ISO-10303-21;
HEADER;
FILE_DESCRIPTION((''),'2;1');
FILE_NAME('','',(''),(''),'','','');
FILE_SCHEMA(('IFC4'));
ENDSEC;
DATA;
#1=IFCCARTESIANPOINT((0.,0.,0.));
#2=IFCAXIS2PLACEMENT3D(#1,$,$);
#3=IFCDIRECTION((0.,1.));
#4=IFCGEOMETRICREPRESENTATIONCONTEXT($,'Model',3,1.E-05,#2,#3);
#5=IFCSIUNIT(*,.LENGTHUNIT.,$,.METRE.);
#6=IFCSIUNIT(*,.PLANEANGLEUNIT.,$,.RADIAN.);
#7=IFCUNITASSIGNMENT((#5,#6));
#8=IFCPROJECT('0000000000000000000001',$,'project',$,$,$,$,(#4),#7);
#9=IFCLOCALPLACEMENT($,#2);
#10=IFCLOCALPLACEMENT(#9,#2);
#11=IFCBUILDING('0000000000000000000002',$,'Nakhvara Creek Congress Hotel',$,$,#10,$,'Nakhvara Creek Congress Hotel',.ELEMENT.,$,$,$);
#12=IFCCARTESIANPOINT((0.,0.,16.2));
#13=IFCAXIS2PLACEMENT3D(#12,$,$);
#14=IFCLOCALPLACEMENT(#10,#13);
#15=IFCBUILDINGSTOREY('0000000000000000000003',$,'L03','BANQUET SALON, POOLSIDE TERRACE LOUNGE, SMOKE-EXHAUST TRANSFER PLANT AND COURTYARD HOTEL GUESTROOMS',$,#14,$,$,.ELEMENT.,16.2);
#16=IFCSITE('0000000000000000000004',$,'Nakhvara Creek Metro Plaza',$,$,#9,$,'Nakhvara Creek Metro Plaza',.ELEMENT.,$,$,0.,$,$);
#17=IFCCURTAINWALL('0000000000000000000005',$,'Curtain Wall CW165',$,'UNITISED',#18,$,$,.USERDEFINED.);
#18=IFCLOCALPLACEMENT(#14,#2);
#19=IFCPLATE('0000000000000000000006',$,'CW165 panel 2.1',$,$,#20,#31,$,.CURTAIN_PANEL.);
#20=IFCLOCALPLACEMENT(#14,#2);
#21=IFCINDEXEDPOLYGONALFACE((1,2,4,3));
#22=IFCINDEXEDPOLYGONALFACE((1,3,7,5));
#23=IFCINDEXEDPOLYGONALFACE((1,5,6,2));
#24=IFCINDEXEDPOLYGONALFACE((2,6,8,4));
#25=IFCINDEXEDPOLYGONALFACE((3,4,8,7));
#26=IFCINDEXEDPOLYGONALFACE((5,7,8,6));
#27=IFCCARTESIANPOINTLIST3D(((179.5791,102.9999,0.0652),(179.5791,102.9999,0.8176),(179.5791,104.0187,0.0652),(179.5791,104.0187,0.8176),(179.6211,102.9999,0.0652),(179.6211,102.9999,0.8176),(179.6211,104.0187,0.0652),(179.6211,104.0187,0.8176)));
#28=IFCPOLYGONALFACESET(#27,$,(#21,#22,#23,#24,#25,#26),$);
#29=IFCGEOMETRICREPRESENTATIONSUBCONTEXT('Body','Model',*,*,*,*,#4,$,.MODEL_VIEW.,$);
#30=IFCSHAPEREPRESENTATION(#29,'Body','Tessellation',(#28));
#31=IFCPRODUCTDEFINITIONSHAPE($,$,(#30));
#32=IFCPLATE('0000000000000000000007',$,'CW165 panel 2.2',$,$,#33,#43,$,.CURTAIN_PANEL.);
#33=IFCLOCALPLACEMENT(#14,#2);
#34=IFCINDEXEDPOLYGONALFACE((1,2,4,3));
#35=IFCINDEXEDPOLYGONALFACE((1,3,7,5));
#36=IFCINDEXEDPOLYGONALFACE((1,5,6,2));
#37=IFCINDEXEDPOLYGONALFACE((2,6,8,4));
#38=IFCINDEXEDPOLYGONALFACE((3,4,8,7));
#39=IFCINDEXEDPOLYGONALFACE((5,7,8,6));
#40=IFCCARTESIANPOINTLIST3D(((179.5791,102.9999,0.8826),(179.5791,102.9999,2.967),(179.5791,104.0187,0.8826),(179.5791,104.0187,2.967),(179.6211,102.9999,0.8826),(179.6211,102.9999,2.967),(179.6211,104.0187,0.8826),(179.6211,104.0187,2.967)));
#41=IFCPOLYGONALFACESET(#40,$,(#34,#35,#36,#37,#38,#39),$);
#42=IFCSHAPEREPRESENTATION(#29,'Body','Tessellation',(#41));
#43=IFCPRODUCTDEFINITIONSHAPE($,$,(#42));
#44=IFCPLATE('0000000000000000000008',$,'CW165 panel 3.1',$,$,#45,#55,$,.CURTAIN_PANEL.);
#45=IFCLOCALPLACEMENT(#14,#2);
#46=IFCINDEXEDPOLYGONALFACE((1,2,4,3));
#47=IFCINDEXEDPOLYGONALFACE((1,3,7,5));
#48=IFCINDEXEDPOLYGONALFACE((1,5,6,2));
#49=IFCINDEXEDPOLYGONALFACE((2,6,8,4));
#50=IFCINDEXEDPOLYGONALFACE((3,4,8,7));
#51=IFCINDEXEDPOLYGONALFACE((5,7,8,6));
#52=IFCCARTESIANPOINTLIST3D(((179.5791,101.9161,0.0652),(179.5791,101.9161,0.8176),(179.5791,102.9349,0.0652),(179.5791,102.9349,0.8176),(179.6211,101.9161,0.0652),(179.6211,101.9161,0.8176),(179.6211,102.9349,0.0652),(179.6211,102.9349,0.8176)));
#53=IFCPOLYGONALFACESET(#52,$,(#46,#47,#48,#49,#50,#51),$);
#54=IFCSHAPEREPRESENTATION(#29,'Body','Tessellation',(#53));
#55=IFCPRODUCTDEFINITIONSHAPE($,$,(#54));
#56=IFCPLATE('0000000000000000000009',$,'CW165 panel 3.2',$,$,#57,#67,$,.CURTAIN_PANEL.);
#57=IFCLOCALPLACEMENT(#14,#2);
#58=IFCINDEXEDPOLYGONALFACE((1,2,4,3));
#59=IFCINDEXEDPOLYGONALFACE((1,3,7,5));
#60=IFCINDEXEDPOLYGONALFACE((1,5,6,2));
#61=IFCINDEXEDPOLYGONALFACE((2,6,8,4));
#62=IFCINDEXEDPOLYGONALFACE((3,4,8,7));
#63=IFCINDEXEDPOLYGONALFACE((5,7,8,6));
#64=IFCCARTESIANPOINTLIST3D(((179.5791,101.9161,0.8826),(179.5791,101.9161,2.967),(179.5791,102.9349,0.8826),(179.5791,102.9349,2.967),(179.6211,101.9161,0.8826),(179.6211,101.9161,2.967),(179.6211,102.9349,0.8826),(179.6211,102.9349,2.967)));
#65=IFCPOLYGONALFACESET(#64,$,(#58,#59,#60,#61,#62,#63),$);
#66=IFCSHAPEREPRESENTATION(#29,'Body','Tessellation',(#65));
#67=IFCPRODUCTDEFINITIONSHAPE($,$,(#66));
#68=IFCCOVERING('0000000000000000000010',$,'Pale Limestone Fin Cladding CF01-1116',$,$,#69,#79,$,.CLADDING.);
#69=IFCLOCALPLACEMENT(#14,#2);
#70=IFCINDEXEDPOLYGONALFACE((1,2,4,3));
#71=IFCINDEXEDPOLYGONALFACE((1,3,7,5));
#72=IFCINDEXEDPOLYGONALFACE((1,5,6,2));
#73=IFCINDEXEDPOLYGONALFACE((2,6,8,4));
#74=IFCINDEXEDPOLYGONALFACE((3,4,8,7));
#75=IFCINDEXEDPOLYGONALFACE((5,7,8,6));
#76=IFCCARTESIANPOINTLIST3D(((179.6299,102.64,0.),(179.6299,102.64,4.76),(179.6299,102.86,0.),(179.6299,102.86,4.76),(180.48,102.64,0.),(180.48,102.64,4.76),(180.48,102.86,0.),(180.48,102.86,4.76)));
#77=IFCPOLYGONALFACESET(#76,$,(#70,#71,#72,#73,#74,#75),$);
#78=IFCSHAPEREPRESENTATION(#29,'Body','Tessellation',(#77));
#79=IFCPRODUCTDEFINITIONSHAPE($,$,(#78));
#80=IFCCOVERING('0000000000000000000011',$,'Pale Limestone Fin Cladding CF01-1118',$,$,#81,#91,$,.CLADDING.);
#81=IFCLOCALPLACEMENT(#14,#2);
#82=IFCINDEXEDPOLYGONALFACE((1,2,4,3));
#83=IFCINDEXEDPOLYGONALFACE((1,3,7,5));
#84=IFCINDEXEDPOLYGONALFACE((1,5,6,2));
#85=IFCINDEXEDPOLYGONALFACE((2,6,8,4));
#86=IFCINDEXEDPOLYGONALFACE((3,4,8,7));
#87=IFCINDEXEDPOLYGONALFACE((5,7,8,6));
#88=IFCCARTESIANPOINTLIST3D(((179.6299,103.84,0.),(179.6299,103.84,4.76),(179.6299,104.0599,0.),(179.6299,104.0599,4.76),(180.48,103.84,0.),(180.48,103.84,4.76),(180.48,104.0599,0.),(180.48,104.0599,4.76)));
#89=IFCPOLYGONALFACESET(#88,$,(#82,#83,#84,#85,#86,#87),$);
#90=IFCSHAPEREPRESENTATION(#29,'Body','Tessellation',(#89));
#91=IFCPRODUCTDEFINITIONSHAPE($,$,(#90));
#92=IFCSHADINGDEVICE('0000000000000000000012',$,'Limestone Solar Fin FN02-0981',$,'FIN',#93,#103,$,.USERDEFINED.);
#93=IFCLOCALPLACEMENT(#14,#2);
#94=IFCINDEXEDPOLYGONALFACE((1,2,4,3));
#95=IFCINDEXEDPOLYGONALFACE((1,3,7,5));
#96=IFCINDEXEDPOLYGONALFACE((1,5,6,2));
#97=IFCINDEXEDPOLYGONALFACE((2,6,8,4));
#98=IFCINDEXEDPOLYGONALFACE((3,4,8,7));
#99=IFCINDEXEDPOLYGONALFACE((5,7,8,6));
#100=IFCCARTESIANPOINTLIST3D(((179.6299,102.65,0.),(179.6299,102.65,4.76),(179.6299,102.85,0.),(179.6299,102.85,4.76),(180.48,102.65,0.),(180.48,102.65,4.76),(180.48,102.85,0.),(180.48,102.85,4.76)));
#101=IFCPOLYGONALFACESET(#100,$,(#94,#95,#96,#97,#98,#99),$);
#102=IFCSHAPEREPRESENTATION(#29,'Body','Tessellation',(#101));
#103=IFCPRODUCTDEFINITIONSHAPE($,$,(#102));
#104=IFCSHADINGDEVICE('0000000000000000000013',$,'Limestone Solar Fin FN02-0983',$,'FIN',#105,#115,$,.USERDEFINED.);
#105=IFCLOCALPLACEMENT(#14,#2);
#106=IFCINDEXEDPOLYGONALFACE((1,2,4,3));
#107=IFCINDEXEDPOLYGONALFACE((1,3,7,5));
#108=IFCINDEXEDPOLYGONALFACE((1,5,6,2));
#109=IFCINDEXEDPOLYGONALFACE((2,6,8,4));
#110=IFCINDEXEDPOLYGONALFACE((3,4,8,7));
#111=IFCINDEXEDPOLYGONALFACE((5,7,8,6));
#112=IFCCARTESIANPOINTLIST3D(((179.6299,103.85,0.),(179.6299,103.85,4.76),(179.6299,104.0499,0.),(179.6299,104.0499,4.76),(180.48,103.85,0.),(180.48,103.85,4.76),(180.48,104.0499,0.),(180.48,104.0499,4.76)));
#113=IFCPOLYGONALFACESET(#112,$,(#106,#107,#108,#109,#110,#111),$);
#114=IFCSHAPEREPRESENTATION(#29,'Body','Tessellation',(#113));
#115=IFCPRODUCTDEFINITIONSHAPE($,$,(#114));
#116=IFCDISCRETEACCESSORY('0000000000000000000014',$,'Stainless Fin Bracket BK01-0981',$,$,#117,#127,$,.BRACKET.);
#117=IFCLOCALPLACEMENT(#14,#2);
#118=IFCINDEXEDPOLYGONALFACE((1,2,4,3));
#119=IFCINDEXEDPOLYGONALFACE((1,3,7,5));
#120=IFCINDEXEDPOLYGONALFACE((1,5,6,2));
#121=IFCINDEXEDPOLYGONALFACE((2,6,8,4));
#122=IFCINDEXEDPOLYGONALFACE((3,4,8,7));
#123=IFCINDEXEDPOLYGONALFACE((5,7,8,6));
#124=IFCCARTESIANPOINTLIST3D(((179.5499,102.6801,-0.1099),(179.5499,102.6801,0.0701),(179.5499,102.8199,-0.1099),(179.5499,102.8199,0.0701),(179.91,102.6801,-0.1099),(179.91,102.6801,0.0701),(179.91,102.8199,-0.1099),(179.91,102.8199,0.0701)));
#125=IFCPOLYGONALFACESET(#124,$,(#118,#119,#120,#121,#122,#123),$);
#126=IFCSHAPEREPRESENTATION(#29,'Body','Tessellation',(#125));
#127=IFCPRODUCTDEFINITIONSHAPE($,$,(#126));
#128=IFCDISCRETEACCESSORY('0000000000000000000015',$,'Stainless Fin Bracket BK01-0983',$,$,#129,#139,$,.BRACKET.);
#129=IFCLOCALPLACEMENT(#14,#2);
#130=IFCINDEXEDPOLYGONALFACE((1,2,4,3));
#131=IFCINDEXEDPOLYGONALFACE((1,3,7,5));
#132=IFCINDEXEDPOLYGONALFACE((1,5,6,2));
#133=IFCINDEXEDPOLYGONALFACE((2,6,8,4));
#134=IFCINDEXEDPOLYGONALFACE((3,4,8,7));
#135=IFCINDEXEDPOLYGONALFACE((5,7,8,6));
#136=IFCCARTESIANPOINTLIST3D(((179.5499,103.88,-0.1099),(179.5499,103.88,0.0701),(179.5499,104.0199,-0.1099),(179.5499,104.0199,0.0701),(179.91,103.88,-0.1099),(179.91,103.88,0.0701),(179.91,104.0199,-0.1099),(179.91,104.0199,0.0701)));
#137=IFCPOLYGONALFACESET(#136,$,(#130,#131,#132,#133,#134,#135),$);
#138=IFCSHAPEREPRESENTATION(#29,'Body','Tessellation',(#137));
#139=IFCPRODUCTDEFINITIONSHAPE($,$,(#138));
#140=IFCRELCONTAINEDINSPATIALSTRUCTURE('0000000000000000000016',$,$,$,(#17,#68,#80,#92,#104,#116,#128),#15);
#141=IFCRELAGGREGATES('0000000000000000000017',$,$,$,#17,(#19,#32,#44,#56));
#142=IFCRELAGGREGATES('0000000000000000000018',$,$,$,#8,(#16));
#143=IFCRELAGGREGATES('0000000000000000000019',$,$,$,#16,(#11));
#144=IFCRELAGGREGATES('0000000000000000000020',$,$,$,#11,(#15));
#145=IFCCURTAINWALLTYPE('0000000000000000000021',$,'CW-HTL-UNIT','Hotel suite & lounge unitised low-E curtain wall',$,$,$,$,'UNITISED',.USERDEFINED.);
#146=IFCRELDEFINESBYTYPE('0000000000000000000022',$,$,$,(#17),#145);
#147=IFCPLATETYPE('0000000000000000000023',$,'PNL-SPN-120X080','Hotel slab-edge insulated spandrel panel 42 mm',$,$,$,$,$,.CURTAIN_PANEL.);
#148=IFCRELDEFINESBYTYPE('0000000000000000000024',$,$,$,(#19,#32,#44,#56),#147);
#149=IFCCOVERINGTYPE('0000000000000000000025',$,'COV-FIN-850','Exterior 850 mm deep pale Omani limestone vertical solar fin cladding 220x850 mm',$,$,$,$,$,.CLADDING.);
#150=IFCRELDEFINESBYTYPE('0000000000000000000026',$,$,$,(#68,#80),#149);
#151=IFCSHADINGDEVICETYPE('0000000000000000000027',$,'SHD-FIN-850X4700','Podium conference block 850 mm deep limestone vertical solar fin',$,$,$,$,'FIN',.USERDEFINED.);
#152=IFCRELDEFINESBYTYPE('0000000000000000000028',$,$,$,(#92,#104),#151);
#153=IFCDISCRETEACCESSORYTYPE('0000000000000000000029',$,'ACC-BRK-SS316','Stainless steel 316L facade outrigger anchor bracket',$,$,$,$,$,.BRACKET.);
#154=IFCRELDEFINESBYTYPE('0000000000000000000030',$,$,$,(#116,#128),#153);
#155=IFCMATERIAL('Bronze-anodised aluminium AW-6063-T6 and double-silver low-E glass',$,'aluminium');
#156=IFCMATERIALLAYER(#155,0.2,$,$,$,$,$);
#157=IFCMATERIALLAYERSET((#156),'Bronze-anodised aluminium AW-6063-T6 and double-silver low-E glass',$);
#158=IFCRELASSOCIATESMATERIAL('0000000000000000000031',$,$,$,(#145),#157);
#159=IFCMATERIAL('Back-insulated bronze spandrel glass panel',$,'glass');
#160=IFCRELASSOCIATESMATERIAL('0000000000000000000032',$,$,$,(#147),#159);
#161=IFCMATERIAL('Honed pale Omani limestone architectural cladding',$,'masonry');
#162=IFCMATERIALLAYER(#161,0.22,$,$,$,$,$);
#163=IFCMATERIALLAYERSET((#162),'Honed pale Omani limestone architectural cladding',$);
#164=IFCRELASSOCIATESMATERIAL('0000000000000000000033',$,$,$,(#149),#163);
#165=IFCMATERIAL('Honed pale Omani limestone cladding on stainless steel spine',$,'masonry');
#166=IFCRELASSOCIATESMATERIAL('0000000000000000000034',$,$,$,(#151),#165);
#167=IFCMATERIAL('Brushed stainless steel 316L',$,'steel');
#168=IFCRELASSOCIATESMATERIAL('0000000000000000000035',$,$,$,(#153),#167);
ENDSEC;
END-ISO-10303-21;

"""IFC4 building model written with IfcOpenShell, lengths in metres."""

from ifc_helpers import new_model, si_unit, direction, frame, origin, origin_2d, place, context, subcontext, project, spatial, rectangle, extrude, material, layer, layer_set, type_object, element, aggregate, save


model = new_model("IFC4")

# Units and contexts
model_context = context("Model", 3, precision=1e-05, world=origin(), true_north=direction((0.0, 1.0)))
body_context = subcontext(model_context, "Body", "Model", "MODEL_VIEW")
ifc_project = project(units=[si_unit("LENGTHUNIT", "METRE"), si_unit("PLANEANGLEUNIT", "RADIAN")], contexts=[model_context])

# Site, building, storey
site_placement = place(None, origin())
site = spatial("IfcSite", under=ifc_project, at=site_placement, Name="Nakhvara Creek Metro Plaza", LongName="Nakhvara Creek Metro Plaza", CompositionType="ELEMENT", RefElevation=0.0)
building_placement = place(site_placement, origin())
building = spatial("IfcBuilding", under=site, at=building_placement, Name="Nakhvara Creek Congress Hotel", LongName="Nakhvara Creek Congress Hotel", CompositionType="ELEMENT")
storey_placement = place(building_placement, frame((0.0, 0.0, 16.2)))
storey = spatial("IfcBuildingStorey", under=building, at=storey_placement, Name="L03", Description="BANQUET SALON, POOLSIDE TERRACE LOUNGE, SMOKE-EXHAUST TRANSFER PLANT AND COURTYARD HOTEL GUESTROOMS", CompositionType="ELEMENT", Elevation=16.2)

# Curtain wall, plates
ifc_material_1 = material(Name="Bronze-anodised aluminium AW-6063-T6 and double-silver low-E glass", Category="aluminium")
ifc_layer_1 = layer(ifc_material_1, 0.2)
ifc_layer_set_1 = layer_set([ifc_layer_1], Name="Bronze-anodised aluminium AW-6063-T6 and double-silver low-E glass")
curtain_wall_type = type_object("IfcCurtainWallType", Name="CW-HTL-UNIT", Description="Hotel suite & lounge unitised low-E curtain wall", ElementType="UNITISED", PredefinedType="USERDEFINED", material=ifc_layer_set_1)
curtain_wall_placement = place(storey_placement, origin())
curtain_wall = element("IfcCurtainWall", 1, at=curtain_wall_placement, inside=storey, type_object=curtain_wall_type, Name="Curtain Wall CW165", ObjectType="UNITISED", PredefinedType="USERDEFINED")
ifc_material_2 = material(Name="Back-insulated bronze spandrel glass panel", Category="glass")
plate_type = type_object("IfcPlateType", Name="PNL-SPN-120X080", Description="Hotel slab-edge insulated spandrel panel 42 mm", PredefinedType="CURTAIN_PANEL", material=ifc_material_2)
plate_1_placement = place(storey_placement, frame((179.6001, 103.5093, 0.0652), z_axis=(0.0, 0.0, 1.0), x_axis=(0.0, -1.0, 0.0)))
plate_1 = element("IfcPlate", 2, at=plate_1_placement, type_object=plate_type, Name="CW165 panel 2.1", PredefinedType="CURTAIN_PANEL", context=body_context, shape_type="SweptSolid", body=[
    extrude(rectangle(XDim=1.0188, YDim=0.042, at=origin_2d()), origin(), (0.0, 0.0, 1.0), 0.7524),
])
plate_2_placement = place(storey_placement, frame((179.6001, 103.5093, 0.8826), z_axis=(0.0, 0.0, 1.0), x_axis=(0.0, -1.0, 0.0)))
plate_2 = element("IfcPlate", 3, at=plate_2_placement, type_object=plate_type, Name="CW165 panel 2.2", PredefinedType="CURTAIN_PANEL", context=body_context, shape_type="SweptSolid", body=[
    extrude(rectangle(XDim=1.0188, YDim=0.042, at=origin_2d()), origin(), (0.0, 0.0, 1.0), 2.0845),
])
plate_3_placement = place(storey_placement, frame((179.6001, 102.4255, 0.0652), z_axis=(0.0, 0.0, 1.0), x_axis=(0.0, -1.0, 0.0)))
plate_3 = element("IfcPlate", 4, at=plate_3_placement, type_object=plate_type, Name="CW165 panel 3.1", PredefinedType="CURTAIN_PANEL", context=body_context, shape_type="SweptSolid", body=[
    extrude(rectangle(XDim=1.0188, YDim=0.042, at=origin_2d()), origin(), (0.0, 0.0, 1.0), 0.7524),
])
plate_4_placement = place(storey_placement, frame((179.6001, 102.4255, 0.8826), z_axis=(0.0, 0.0, 1.0), x_axis=(0.0, -1.0, 0.0)))
plate_4 = element("IfcPlate", 5, at=plate_4_placement, type_object=plate_type, Name="CW165 panel 3.2", PredefinedType="CURTAIN_PANEL", context=body_context, shape_type="SweptSolid", body=[
    extrude(rectangle(XDim=1.0188, YDim=0.042, at=origin_2d()), origin(), (0.0, 0.0, 1.0), 2.0845),
])
aggregate(curtain_wall, [plate_1, plate_2, plate_3, plate_4])

# Coverings
ifc_material_3 = material(Name="Honed pale Omani limestone architectural cladding", Category="masonry")
ifc_layer_2 = layer(ifc_material_3, 0.22)
ifc_layer_set_2 = layer_set([ifc_layer_2], Name="Honed pale Omani limestone architectural cladding")
covering_type = type_object("IfcCoveringType", Name="COV-FIN-850", Description="Exterior 850 mm deep pale Omani limestone vertical solar fin cladding 220x850 mm", PredefinedType="CLADDING", material=ifc_layer_set_2)
for number, where, z_axis, x_axis, name in (
    (6, (180.0549, 102.75, 0.0), (0.0, 0.0, 1.0), (0.0, 1.0, 0.0), "Pale Limestone Fin Cladding CF01-1116"),
    (7, (180.0549, 103.95, 0.0), (0.0, 0.0, 1.0), (0.0, 1.0, 0.0), "Pale Limestone Fin Cladding CF01-1118"),
):
    element("IfcCovering", number, at=place(storey_placement, frame(where, z_axis=z_axis, x_axis=x_axis)), inside=storey, type_object=covering_type, Name=name, PredefinedType="CLADDING", context=body_context, shape_type="SweptSolid", body=[
        extrude(rectangle(XDim=0.22, YDim=0.8501, at=origin_2d()), origin(), (0.0, 0.0, 1.0), 4.76),
    ])

# Shading devices
ifc_material_4 = material(Name="Honed pale Omani limestone cladding on stainless steel spine", Category="masonry")
shading_device_type = type_object("IfcShadingDeviceType", Name="SHD-FIN-850X4700", Description="Podium conference block 850 mm deep limestone vertical solar fin", ElementType="FIN", PredefinedType="USERDEFINED", material=ifc_material_4)
for number, where, z_axis, x_axis, name in (
    (8, (180.0549, 102.75, 0.0), (0.0, 0.0, 1.0), (0.0, 1.0, 0.0), "Limestone Solar Fin FN02-0981"),
    (9, (180.0549, 103.95, 0.0), (0.0, 0.0, 1.0), (0.0, 1.0, 0.0), "Limestone Solar Fin FN02-0983"),
):
    element("IfcShadingDevice", number, at=place(storey_placement, frame(where, z_axis=z_axis, x_axis=x_axis)), inside=storey, type_object=shading_device_type, Name=name, ObjectType="FIN", PredefinedType="USERDEFINED", context=body_context, shape_type="SweptSolid", body=[
        extrude(rectangle(XDim=0.2, YDim=0.8501, at=origin_2d()), origin(), (0.0, 0.0, 1.0), 4.76),
    ])

# Discrete accessories
ifc_material_5 = material(Name="Brushed stainless steel 316L", Category="steel")
discrete_accessory_type = type_object("IfcDiscreteAccessoryType", Name="ACC-BRK-SS316", Description="Stainless steel 316L facade outrigger anchor bracket", PredefinedType="BRACKET", material=ifc_material_5)
for number, where, z_axis, x_axis, name in (
    (10, (179.73, 102.75, -0.1099), (0.0, 0.0, 1.0), (0.0, 1.0, 0.0), "Stainless Fin Bracket BK01-0981"),
    (11, (179.73, 103.95, -0.1099), (0.0, 0.0, 1.0), (0.0, 1.0, 0.0), "Stainless Fin Bracket BK01-0983"),
):
    element("IfcDiscreteAccessory", number, at=place(storey_placement, frame(where, z_axis=z_axis, x_axis=x_axis)), inside=storey, type_object=discrete_accessory_type, Name=name, PredefinedType="BRACKET", context=body_context, shape_type="SweptSolid", body=[
        extrude(rectangle(XDim=0.1399, YDim=0.3601, at=origin_2d()), origin(), (0.0, 0.0, 1.0), 0.1799),
    ])

save(model, "model.ifc")
